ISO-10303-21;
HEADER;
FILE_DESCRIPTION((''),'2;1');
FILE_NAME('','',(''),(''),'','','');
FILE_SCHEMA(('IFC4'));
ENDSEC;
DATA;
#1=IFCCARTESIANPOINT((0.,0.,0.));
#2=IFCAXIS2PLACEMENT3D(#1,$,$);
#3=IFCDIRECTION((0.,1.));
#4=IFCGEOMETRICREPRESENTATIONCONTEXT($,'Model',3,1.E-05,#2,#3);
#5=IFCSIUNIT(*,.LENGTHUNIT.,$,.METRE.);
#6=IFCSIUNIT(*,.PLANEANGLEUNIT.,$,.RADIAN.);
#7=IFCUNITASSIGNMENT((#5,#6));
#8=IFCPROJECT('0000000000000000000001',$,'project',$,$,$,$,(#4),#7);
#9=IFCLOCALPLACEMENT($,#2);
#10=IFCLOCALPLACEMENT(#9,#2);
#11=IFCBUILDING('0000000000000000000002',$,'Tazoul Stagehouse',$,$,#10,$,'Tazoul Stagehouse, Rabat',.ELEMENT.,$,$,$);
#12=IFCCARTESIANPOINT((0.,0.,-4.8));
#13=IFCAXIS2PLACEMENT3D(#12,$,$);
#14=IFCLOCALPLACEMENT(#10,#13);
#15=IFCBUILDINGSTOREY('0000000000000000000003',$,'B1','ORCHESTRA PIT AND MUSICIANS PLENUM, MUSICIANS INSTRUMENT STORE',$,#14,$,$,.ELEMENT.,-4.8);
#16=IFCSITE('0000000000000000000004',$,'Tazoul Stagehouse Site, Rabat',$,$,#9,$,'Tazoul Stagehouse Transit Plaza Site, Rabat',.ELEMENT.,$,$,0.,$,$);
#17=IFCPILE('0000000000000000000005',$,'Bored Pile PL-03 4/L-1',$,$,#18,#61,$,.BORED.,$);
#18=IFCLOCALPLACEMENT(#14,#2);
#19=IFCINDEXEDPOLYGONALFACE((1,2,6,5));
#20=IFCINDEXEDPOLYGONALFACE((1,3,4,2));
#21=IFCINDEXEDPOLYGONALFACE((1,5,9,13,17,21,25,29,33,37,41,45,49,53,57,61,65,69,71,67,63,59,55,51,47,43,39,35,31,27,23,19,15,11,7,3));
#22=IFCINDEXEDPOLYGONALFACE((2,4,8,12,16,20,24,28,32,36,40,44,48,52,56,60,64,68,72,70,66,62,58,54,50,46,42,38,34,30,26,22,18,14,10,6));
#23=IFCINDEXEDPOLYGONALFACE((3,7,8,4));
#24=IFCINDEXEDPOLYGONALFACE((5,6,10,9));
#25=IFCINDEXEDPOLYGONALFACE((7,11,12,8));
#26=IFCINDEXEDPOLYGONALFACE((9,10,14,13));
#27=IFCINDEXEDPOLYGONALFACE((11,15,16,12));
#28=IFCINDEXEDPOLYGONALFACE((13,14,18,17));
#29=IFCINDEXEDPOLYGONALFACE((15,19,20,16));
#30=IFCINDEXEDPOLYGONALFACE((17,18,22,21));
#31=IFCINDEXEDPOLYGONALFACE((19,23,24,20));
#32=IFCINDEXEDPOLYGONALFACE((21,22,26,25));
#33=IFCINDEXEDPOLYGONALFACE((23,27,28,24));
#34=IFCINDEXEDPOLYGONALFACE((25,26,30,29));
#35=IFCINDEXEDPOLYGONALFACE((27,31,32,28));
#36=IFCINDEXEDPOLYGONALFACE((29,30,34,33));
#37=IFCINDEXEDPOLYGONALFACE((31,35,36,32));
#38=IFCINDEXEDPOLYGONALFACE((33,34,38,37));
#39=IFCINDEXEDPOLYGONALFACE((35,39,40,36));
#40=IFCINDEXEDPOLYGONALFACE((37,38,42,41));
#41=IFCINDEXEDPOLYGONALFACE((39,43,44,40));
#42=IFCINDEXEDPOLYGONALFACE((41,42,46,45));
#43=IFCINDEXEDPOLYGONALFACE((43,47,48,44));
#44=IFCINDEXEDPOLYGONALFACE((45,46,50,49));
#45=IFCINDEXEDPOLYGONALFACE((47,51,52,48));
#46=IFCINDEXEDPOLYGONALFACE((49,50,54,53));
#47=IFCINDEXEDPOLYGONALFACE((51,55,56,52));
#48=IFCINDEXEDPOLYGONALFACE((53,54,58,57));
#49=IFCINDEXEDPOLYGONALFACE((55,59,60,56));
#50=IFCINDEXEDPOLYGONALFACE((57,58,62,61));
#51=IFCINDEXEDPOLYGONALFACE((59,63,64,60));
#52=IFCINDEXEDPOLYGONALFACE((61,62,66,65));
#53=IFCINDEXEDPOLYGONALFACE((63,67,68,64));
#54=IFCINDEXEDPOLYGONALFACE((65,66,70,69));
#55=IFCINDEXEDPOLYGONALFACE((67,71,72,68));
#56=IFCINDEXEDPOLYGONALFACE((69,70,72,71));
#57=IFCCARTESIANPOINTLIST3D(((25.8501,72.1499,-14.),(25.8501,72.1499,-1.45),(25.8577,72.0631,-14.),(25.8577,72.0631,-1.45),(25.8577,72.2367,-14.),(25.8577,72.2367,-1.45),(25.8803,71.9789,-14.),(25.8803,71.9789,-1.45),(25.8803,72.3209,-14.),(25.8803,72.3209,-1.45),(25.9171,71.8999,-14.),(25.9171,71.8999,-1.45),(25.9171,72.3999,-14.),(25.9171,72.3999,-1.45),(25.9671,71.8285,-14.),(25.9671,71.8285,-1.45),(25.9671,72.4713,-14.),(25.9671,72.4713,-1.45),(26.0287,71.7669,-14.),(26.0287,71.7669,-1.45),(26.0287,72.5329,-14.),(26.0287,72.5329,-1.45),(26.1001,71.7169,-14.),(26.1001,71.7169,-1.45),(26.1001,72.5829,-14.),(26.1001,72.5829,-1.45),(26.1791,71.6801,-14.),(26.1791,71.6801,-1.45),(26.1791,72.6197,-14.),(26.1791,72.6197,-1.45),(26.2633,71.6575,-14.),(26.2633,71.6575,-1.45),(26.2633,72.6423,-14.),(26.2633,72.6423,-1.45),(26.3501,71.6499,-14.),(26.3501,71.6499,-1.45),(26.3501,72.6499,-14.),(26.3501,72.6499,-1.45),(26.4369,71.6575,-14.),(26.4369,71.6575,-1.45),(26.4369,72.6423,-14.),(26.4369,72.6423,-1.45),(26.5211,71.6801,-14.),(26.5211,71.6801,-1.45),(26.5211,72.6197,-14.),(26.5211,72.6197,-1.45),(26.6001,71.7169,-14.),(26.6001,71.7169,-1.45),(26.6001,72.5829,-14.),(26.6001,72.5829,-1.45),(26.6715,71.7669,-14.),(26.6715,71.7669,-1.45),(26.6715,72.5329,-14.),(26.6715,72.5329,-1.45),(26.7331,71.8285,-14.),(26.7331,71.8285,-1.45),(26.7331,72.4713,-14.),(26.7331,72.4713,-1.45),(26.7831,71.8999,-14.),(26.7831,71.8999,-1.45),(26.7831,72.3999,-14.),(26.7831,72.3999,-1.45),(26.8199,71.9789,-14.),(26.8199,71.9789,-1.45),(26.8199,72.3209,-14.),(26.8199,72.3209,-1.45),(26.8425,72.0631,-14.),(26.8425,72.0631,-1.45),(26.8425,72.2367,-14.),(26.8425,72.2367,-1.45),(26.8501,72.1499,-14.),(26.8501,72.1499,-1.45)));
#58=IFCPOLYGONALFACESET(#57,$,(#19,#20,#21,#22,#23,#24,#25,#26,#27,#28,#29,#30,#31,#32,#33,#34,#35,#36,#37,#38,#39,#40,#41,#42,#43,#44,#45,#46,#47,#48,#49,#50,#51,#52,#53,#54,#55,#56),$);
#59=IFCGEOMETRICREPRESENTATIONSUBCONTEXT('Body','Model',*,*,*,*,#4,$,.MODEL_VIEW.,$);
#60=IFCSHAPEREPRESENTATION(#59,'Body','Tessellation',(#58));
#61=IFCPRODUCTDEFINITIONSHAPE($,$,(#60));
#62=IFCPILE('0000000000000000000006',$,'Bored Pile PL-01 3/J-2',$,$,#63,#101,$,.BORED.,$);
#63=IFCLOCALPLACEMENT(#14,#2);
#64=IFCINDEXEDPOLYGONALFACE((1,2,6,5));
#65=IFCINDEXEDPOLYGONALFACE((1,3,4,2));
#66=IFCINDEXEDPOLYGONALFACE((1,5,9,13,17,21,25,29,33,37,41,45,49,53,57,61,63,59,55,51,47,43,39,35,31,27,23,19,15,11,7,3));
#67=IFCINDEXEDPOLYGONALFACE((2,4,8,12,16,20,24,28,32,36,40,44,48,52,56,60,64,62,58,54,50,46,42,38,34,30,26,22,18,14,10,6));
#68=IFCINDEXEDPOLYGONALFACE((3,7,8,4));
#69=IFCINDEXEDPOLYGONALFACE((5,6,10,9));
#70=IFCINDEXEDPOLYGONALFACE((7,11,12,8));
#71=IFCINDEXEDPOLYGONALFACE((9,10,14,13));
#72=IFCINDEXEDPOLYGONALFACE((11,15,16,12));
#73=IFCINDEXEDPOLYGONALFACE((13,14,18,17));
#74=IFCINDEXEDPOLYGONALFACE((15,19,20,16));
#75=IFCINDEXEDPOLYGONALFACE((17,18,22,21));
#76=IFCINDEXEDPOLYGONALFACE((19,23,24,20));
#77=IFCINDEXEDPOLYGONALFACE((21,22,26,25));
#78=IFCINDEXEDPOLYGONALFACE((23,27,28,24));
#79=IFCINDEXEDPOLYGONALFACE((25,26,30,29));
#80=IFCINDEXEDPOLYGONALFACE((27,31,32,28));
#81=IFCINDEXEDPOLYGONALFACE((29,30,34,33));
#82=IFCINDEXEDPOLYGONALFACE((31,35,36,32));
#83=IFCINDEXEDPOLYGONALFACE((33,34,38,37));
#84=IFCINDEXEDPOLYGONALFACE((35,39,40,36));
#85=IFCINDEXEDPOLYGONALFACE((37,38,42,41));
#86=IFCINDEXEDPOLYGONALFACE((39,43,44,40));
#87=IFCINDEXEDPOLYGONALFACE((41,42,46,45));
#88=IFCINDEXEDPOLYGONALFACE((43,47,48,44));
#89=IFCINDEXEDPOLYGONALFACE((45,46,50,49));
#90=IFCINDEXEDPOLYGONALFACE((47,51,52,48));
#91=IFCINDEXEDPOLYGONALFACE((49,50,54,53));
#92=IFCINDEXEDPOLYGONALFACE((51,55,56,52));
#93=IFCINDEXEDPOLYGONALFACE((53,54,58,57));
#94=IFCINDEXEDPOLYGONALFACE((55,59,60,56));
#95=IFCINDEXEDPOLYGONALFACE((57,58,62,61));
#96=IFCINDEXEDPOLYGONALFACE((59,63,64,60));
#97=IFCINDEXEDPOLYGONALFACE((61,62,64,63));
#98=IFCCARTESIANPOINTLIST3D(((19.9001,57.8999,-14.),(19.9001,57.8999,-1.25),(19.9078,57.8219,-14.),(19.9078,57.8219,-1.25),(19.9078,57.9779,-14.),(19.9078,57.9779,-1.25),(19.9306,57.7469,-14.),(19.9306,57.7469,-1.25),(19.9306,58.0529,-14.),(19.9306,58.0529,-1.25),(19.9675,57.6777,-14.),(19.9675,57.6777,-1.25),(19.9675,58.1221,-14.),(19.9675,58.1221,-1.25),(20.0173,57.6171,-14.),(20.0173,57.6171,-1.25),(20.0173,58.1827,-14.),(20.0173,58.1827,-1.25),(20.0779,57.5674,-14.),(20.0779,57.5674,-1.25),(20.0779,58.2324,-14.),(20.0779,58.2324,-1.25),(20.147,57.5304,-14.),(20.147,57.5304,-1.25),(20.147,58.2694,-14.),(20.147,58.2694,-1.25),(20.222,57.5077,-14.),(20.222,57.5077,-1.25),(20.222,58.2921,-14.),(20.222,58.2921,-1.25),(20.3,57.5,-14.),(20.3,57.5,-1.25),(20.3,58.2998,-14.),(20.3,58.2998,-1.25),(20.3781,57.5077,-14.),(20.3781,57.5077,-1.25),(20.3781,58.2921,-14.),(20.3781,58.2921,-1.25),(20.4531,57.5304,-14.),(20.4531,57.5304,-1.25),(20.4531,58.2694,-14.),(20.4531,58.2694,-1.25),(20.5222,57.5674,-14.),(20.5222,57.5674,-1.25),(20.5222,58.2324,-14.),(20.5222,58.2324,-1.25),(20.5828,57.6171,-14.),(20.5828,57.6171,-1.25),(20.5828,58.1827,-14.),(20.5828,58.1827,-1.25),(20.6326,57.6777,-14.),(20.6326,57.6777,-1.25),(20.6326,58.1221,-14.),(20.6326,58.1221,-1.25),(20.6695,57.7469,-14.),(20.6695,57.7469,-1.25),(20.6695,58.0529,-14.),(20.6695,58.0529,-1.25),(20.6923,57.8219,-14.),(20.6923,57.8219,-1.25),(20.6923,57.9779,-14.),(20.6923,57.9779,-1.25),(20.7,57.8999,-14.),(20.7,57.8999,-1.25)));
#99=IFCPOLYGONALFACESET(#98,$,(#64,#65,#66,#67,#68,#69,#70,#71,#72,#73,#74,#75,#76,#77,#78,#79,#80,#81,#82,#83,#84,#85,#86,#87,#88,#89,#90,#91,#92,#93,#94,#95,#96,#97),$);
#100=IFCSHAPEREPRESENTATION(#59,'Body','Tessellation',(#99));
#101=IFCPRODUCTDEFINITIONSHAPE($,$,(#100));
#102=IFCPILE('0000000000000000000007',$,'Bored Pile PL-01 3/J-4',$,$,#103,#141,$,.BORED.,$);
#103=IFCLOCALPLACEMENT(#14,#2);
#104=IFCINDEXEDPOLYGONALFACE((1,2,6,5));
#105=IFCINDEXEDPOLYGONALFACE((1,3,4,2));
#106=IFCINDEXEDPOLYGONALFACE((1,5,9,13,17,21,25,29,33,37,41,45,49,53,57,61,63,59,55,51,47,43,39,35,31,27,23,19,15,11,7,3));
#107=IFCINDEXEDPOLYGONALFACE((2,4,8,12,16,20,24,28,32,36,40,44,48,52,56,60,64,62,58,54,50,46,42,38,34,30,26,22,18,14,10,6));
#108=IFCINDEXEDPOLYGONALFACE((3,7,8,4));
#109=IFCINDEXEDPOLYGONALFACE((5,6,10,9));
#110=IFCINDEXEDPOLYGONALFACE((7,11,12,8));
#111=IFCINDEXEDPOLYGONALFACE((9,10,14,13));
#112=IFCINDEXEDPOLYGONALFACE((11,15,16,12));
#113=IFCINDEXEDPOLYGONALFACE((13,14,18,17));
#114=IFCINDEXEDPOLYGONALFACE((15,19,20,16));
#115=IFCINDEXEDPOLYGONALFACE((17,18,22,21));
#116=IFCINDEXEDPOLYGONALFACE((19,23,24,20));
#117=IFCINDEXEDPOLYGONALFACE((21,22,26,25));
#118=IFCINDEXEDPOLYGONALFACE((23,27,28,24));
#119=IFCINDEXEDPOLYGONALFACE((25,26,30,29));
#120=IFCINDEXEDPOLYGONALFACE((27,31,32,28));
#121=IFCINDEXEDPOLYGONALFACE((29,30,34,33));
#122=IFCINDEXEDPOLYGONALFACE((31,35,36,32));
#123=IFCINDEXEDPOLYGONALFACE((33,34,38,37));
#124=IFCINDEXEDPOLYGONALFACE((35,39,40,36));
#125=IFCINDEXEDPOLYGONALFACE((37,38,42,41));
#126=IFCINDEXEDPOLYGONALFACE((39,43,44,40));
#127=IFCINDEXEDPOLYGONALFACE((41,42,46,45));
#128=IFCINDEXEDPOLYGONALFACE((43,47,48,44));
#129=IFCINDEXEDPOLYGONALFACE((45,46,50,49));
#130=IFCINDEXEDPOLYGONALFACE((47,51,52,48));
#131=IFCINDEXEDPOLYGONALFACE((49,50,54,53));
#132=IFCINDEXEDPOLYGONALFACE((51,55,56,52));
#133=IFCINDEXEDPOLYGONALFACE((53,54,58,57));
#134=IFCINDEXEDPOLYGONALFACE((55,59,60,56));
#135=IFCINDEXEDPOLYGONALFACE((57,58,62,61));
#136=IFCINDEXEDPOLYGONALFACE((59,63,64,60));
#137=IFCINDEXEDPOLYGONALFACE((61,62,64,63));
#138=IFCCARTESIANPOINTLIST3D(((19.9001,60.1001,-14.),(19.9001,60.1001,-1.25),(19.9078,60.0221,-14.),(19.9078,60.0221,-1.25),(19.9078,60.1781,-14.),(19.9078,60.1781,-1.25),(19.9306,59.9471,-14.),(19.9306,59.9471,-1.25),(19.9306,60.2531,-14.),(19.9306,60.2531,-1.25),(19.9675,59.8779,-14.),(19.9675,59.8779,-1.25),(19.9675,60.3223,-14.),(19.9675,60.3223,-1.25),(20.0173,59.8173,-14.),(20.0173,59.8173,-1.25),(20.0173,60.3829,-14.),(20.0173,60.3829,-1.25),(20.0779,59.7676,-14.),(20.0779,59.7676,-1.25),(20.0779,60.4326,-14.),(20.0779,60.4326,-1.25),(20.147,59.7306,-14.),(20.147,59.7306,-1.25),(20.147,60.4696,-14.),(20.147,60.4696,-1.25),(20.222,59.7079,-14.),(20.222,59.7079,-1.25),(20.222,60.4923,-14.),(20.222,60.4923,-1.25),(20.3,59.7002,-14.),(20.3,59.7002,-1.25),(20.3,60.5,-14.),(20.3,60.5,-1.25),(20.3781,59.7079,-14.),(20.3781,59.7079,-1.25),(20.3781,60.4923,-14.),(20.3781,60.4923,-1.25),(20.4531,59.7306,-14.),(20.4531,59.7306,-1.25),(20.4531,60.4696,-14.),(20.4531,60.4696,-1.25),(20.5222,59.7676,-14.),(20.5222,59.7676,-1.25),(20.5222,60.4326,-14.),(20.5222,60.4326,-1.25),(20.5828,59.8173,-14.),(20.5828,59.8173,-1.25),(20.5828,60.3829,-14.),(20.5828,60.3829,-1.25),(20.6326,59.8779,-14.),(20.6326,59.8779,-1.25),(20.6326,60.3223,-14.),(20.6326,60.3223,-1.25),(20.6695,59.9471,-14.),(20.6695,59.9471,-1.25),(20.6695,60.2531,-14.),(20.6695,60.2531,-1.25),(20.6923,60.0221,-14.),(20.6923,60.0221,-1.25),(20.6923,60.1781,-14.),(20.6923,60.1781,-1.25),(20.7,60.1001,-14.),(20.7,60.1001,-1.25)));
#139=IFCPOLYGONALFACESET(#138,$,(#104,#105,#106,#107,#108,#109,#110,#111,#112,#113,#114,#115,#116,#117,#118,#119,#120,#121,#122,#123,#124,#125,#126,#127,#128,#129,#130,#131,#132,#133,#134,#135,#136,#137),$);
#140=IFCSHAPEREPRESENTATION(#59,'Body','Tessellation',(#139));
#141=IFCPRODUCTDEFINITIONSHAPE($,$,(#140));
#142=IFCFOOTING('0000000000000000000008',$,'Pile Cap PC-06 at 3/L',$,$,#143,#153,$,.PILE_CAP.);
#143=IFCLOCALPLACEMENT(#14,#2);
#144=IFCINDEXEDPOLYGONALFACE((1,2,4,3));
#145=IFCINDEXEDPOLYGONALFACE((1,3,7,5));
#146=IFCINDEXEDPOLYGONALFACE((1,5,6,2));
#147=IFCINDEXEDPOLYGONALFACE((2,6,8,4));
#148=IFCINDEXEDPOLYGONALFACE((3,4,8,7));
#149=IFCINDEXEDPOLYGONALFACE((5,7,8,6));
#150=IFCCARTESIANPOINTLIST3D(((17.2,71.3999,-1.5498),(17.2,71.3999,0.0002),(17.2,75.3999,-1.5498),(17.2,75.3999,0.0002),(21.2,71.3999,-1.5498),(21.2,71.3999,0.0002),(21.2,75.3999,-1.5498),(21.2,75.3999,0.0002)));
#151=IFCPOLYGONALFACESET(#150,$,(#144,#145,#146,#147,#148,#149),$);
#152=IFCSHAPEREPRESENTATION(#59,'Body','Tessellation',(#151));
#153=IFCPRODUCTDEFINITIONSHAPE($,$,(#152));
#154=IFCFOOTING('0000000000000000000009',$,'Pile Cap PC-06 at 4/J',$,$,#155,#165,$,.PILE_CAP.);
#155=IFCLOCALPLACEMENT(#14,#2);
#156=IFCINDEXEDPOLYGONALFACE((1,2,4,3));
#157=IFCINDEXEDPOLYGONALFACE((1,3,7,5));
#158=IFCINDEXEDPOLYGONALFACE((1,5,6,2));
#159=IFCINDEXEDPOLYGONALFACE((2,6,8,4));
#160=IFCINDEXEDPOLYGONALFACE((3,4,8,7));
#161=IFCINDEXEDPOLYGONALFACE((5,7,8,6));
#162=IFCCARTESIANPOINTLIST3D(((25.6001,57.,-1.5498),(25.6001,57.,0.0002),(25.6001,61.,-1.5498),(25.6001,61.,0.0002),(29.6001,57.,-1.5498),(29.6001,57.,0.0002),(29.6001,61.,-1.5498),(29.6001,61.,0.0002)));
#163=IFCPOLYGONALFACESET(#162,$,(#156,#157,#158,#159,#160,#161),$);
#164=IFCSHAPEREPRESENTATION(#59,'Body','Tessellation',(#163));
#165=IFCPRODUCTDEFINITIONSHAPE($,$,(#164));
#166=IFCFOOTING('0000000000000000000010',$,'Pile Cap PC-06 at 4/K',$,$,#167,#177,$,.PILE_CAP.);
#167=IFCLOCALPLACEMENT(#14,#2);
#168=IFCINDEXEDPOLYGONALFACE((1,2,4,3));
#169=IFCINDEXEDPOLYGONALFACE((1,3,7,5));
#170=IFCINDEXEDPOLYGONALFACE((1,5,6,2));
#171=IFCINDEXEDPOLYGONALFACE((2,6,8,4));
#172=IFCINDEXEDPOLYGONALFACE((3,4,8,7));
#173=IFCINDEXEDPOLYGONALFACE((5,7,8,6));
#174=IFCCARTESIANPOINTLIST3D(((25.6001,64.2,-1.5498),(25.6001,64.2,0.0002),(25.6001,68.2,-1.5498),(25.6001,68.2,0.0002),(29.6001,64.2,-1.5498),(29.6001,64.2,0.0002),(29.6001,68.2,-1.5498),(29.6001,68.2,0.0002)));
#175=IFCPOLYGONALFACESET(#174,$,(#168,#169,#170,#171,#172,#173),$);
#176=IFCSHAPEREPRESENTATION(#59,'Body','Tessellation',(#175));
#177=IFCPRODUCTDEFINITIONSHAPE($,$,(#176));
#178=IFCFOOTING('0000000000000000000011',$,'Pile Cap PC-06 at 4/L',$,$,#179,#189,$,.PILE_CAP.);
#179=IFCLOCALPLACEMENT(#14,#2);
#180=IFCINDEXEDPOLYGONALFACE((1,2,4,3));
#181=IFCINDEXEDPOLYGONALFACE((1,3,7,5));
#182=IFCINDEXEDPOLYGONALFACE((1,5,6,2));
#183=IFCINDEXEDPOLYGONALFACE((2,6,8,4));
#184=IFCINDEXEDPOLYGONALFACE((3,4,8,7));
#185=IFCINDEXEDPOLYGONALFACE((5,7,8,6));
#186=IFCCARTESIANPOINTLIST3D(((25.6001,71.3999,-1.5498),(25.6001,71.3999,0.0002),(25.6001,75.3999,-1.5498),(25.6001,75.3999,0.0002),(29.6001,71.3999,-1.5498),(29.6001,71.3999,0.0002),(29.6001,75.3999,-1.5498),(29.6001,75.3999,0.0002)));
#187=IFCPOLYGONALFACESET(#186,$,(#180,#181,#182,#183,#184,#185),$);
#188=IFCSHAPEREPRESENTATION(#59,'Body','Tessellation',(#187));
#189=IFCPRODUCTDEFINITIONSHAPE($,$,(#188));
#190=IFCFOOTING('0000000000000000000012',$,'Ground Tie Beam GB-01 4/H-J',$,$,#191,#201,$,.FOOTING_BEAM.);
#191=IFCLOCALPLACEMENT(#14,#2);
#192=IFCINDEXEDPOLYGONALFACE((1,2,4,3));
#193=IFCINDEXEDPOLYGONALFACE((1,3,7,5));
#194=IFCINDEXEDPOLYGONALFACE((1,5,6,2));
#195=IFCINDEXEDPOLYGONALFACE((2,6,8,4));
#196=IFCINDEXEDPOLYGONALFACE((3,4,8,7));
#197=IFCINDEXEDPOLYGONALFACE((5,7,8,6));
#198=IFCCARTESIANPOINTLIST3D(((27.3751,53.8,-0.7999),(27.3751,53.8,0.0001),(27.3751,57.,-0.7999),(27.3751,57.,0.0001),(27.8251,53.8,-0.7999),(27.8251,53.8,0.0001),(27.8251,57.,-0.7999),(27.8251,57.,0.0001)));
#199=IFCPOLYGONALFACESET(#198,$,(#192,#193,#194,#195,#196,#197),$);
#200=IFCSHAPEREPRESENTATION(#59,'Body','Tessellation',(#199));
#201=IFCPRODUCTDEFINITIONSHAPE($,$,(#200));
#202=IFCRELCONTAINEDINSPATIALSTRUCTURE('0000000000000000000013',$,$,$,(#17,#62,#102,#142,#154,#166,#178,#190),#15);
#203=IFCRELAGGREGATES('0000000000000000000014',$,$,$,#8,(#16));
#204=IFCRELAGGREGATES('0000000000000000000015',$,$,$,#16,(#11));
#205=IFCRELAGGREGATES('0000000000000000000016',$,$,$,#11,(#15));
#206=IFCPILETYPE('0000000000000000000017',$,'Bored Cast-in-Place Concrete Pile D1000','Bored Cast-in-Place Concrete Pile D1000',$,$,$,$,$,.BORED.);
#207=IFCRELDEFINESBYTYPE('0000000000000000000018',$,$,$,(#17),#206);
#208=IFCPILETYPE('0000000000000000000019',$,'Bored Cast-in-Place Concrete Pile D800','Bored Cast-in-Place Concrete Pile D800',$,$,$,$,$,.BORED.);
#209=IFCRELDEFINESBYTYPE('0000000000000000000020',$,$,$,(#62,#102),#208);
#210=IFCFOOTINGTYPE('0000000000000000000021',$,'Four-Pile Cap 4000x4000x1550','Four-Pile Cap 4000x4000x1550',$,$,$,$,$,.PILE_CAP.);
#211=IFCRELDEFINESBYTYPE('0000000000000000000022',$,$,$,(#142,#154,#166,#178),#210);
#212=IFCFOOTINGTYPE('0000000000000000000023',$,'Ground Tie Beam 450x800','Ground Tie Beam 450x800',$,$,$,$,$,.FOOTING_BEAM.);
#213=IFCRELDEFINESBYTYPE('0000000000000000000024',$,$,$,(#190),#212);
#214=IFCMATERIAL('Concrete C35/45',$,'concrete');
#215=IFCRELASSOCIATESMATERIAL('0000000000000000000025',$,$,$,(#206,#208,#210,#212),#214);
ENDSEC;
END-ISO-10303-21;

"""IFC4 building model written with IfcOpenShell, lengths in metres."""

from ifc_helpers import new_model, si_unit, direction, frame, origin, origin_2d, place, context, subcontext, project, spatial, rectangle, circle, extrude, material, material_profile, profile_set, type_object, element, save


model = new_model("IFC4")

# Units and contexts
model_context = context("Model", 3, precision=1e-05, world=origin(), true_north=direction((0.0, 1.0)))
body_context = subcontext(model_context, "Body", "Model", "MODEL_VIEW")
ifc_project = project(units=[si_unit("LENGTHUNIT", "METRE"), si_unit("PLANEANGLEUNIT", "RADIAN")], contexts=[model_context])

# Site, building, storey
site_placement = place(None, origin())
site = spatial("IfcSite", under=ifc_project, at=site_placement, Name="Tazoul Stagehouse Site, Rabat", LongName="Tazoul Stagehouse Transit Plaza Site, Rabat", CompositionType="ELEMENT", RefElevation=0.0)
building_placement = place(site_placement, origin())
building = spatial("IfcBuilding", under=site, at=building_placement, Name="Tazoul Stagehouse", LongName="Tazoul Stagehouse, Rabat", CompositionType="ELEMENT")
storey_placement = place(building_placement, frame((0.0, 0.0, -4.8)))
storey = spatial("IfcBuildingStorey", under=building, at=storey_placement, Name="B1", Description="ORCHESTRA PIT AND MUSICIANS PLENUM, MUSICIANS INSTRUMENT STORE", CompositionType="ELEMENT", Elevation=-4.8)

# Piles
ifc_material_1 = material(Name="Concrete C35/45", Category="concrete")
ifc_material_profile_1 = material_profile(ifc_material_1, circle(Radius=0.5, at=origin_2d()), Name="BORED PILE 1000")
ifc_profile_set_1 = profile_set([ifc_material_profile_1], Name="Concrete C35/45")
pile_type_1 = type_object("IfcPileType", Name="Bored Cast-in-Place Concrete Pile D1000", Description="Bored Cast-in-Place Concrete Pile D1000", PredefinedType="BORED", material=ifc_profile_set_1)
for number, where, z_axis, x_axis, name in (
    (1, (26.3501, 72.1499, -1.45), (0.0, 0.0, -1.0), (1.0, 0.0, 0.0), "Bored Pile PL-03 4/L-1"),
):
    element("IfcPile", number, at=place(storey_placement, frame(where, z_axis=z_axis, x_axis=x_axis)), inside=storey, type_object=pile_type_1, Name=name, PredefinedType="BORED", context=body_context, shape_type="SweptSolid", body=[
        extrude(circle(Radius=0.5, at=origin_2d()), origin(), (0.0, 0.0, 1.0), 12.55),
    ])
ifc_material_profile_2 = material_profile(ifc_material_1, circle(Radius=0.3999, at=origin_2d()), Name="BORED PILE 800")
ifc_profile_set_2 = profile_set([ifc_material_profile_2], Name="Concrete C35/45")
pile_type_2 = type_object("IfcPileType", Name="Bored Cast-in-Place Concrete Pile D800", Description="Bored Cast-in-Place Concrete Pile D800", PredefinedType="BORED", material=ifc_profile_set_2)
for number, where, z_axis, x_axis, name in (
    (2, (20.3, 57.8999, -1.25), (0.0, 0.0, -1.0), (1.0, 0.0, 0.0), "Bored Pile PL-01 3/J-2"),
    (3, (20.3, 60.1001, -1.25), (0.0, 0.0, -1.0), (1.0, 0.0, 0.0), "Bored Pile PL-01 3/J-4"),
):
    element("IfcPile", number, at=place(storey_placement, frame(where, z_axis=z_axis, x_axis=x_axis)), inside=storey, type_object=pile_type_2, Name=name, PredefinedType="BORED", context=body_context, shape_type="SweptSolid", body=[
        extrude(circle(Radius=0.3999, at=origin_2d()), origin(), (0.0, 0.0, 1.0), 12.75),
    ])

# Footings
footing_type_1 = type_object("IfcFootingType", Name="Four-Pile Cap 4000x4000x1550", Description="Four-Pile Cap 4000x4000x1550", PredefinedType="PILE_CAP", material=ifc_material_1)
for number, where, z_axis, x_axis, name in (
    (4, (19.2, 73.3999, -1.5498), (0.0, 0.0, 1.0), (1.0, 0.0, 0.0), "Pile Cap PC-06 at 3/L"),
    (5, (27.6001, 59.0, -1.5498), (0.0, 0.0, 1.0), (1.0, 0.0, 0.0), "Pile Cap PC-06 at 4/J"),
    (6, (27.6001, 66.2, -1.5498), (0.0, 0.0, 1.0), (1.0, 0.0, 0.0), "Pile Cap PC-06 at 4/K"),
    (7, (27.6001, 73.3999, -1.5498), (0.0, 0.0, 1.0), (1.0, 0.0, 0.0), "Pile Cap PC-06 at 4/L"),
):
    element("IfcFooting", number, at=place(storey_placement, frame(where, z_axis=z_axis, x_axis=x_axis)), inside=storey, type_object=footing_type_1, Name=name, PredefinedType="PILE_CAP", context=body_context, shape_type="SweptSolid", body=[
        extrude(rectangle(XDim=4.0, YDim=4.0, at=origin_2d()), origin(), (0.0, 0.0, 1.0), 1.55),
    ])
ifc_material_profile_3 = material_profile(ifc_material_1, rectangle(XDim=0.45, YDim=0.8, at=origin_2d()), Name="RC 450x800")
ifc_profile_set_3 = profile_set([ifc_material_profile_3], Name="Concrete C35/45")
footing_type_2 = type_object("IfcFootingType", Name="Ground Tie Beam 450x800", Description="Ground Tie Beam 450x800", PredefinedType="FOOTING_BEAM", material=ifc_profile_set_3)
for number, where, z_axis, x_axis, name in (
    (8, (27.6001, 53.8, -0.3999), (0.0, 1.0, 0.0), (-1.0, 0.0, 0.0), "Ground Tie Beam GB-01 4/H-J"),
):
    element("IfcFooting", number, at=place(storey_placement, frame(where, z_axis=z_axis, x_axis=x_axis)), inside=storey, type_object=footing_type_2, Name=name, PredefinedType="FOOTING_BEAM", context=body_context, shape_type="SweptSolid", body=[
        extrude(rectangle(XDim=0.45, YDim=0.8, at=origin_2d()), origin(), (0.0, 0.0, 1.0), 3.2),
    ])

save(model, "model.ifc")
